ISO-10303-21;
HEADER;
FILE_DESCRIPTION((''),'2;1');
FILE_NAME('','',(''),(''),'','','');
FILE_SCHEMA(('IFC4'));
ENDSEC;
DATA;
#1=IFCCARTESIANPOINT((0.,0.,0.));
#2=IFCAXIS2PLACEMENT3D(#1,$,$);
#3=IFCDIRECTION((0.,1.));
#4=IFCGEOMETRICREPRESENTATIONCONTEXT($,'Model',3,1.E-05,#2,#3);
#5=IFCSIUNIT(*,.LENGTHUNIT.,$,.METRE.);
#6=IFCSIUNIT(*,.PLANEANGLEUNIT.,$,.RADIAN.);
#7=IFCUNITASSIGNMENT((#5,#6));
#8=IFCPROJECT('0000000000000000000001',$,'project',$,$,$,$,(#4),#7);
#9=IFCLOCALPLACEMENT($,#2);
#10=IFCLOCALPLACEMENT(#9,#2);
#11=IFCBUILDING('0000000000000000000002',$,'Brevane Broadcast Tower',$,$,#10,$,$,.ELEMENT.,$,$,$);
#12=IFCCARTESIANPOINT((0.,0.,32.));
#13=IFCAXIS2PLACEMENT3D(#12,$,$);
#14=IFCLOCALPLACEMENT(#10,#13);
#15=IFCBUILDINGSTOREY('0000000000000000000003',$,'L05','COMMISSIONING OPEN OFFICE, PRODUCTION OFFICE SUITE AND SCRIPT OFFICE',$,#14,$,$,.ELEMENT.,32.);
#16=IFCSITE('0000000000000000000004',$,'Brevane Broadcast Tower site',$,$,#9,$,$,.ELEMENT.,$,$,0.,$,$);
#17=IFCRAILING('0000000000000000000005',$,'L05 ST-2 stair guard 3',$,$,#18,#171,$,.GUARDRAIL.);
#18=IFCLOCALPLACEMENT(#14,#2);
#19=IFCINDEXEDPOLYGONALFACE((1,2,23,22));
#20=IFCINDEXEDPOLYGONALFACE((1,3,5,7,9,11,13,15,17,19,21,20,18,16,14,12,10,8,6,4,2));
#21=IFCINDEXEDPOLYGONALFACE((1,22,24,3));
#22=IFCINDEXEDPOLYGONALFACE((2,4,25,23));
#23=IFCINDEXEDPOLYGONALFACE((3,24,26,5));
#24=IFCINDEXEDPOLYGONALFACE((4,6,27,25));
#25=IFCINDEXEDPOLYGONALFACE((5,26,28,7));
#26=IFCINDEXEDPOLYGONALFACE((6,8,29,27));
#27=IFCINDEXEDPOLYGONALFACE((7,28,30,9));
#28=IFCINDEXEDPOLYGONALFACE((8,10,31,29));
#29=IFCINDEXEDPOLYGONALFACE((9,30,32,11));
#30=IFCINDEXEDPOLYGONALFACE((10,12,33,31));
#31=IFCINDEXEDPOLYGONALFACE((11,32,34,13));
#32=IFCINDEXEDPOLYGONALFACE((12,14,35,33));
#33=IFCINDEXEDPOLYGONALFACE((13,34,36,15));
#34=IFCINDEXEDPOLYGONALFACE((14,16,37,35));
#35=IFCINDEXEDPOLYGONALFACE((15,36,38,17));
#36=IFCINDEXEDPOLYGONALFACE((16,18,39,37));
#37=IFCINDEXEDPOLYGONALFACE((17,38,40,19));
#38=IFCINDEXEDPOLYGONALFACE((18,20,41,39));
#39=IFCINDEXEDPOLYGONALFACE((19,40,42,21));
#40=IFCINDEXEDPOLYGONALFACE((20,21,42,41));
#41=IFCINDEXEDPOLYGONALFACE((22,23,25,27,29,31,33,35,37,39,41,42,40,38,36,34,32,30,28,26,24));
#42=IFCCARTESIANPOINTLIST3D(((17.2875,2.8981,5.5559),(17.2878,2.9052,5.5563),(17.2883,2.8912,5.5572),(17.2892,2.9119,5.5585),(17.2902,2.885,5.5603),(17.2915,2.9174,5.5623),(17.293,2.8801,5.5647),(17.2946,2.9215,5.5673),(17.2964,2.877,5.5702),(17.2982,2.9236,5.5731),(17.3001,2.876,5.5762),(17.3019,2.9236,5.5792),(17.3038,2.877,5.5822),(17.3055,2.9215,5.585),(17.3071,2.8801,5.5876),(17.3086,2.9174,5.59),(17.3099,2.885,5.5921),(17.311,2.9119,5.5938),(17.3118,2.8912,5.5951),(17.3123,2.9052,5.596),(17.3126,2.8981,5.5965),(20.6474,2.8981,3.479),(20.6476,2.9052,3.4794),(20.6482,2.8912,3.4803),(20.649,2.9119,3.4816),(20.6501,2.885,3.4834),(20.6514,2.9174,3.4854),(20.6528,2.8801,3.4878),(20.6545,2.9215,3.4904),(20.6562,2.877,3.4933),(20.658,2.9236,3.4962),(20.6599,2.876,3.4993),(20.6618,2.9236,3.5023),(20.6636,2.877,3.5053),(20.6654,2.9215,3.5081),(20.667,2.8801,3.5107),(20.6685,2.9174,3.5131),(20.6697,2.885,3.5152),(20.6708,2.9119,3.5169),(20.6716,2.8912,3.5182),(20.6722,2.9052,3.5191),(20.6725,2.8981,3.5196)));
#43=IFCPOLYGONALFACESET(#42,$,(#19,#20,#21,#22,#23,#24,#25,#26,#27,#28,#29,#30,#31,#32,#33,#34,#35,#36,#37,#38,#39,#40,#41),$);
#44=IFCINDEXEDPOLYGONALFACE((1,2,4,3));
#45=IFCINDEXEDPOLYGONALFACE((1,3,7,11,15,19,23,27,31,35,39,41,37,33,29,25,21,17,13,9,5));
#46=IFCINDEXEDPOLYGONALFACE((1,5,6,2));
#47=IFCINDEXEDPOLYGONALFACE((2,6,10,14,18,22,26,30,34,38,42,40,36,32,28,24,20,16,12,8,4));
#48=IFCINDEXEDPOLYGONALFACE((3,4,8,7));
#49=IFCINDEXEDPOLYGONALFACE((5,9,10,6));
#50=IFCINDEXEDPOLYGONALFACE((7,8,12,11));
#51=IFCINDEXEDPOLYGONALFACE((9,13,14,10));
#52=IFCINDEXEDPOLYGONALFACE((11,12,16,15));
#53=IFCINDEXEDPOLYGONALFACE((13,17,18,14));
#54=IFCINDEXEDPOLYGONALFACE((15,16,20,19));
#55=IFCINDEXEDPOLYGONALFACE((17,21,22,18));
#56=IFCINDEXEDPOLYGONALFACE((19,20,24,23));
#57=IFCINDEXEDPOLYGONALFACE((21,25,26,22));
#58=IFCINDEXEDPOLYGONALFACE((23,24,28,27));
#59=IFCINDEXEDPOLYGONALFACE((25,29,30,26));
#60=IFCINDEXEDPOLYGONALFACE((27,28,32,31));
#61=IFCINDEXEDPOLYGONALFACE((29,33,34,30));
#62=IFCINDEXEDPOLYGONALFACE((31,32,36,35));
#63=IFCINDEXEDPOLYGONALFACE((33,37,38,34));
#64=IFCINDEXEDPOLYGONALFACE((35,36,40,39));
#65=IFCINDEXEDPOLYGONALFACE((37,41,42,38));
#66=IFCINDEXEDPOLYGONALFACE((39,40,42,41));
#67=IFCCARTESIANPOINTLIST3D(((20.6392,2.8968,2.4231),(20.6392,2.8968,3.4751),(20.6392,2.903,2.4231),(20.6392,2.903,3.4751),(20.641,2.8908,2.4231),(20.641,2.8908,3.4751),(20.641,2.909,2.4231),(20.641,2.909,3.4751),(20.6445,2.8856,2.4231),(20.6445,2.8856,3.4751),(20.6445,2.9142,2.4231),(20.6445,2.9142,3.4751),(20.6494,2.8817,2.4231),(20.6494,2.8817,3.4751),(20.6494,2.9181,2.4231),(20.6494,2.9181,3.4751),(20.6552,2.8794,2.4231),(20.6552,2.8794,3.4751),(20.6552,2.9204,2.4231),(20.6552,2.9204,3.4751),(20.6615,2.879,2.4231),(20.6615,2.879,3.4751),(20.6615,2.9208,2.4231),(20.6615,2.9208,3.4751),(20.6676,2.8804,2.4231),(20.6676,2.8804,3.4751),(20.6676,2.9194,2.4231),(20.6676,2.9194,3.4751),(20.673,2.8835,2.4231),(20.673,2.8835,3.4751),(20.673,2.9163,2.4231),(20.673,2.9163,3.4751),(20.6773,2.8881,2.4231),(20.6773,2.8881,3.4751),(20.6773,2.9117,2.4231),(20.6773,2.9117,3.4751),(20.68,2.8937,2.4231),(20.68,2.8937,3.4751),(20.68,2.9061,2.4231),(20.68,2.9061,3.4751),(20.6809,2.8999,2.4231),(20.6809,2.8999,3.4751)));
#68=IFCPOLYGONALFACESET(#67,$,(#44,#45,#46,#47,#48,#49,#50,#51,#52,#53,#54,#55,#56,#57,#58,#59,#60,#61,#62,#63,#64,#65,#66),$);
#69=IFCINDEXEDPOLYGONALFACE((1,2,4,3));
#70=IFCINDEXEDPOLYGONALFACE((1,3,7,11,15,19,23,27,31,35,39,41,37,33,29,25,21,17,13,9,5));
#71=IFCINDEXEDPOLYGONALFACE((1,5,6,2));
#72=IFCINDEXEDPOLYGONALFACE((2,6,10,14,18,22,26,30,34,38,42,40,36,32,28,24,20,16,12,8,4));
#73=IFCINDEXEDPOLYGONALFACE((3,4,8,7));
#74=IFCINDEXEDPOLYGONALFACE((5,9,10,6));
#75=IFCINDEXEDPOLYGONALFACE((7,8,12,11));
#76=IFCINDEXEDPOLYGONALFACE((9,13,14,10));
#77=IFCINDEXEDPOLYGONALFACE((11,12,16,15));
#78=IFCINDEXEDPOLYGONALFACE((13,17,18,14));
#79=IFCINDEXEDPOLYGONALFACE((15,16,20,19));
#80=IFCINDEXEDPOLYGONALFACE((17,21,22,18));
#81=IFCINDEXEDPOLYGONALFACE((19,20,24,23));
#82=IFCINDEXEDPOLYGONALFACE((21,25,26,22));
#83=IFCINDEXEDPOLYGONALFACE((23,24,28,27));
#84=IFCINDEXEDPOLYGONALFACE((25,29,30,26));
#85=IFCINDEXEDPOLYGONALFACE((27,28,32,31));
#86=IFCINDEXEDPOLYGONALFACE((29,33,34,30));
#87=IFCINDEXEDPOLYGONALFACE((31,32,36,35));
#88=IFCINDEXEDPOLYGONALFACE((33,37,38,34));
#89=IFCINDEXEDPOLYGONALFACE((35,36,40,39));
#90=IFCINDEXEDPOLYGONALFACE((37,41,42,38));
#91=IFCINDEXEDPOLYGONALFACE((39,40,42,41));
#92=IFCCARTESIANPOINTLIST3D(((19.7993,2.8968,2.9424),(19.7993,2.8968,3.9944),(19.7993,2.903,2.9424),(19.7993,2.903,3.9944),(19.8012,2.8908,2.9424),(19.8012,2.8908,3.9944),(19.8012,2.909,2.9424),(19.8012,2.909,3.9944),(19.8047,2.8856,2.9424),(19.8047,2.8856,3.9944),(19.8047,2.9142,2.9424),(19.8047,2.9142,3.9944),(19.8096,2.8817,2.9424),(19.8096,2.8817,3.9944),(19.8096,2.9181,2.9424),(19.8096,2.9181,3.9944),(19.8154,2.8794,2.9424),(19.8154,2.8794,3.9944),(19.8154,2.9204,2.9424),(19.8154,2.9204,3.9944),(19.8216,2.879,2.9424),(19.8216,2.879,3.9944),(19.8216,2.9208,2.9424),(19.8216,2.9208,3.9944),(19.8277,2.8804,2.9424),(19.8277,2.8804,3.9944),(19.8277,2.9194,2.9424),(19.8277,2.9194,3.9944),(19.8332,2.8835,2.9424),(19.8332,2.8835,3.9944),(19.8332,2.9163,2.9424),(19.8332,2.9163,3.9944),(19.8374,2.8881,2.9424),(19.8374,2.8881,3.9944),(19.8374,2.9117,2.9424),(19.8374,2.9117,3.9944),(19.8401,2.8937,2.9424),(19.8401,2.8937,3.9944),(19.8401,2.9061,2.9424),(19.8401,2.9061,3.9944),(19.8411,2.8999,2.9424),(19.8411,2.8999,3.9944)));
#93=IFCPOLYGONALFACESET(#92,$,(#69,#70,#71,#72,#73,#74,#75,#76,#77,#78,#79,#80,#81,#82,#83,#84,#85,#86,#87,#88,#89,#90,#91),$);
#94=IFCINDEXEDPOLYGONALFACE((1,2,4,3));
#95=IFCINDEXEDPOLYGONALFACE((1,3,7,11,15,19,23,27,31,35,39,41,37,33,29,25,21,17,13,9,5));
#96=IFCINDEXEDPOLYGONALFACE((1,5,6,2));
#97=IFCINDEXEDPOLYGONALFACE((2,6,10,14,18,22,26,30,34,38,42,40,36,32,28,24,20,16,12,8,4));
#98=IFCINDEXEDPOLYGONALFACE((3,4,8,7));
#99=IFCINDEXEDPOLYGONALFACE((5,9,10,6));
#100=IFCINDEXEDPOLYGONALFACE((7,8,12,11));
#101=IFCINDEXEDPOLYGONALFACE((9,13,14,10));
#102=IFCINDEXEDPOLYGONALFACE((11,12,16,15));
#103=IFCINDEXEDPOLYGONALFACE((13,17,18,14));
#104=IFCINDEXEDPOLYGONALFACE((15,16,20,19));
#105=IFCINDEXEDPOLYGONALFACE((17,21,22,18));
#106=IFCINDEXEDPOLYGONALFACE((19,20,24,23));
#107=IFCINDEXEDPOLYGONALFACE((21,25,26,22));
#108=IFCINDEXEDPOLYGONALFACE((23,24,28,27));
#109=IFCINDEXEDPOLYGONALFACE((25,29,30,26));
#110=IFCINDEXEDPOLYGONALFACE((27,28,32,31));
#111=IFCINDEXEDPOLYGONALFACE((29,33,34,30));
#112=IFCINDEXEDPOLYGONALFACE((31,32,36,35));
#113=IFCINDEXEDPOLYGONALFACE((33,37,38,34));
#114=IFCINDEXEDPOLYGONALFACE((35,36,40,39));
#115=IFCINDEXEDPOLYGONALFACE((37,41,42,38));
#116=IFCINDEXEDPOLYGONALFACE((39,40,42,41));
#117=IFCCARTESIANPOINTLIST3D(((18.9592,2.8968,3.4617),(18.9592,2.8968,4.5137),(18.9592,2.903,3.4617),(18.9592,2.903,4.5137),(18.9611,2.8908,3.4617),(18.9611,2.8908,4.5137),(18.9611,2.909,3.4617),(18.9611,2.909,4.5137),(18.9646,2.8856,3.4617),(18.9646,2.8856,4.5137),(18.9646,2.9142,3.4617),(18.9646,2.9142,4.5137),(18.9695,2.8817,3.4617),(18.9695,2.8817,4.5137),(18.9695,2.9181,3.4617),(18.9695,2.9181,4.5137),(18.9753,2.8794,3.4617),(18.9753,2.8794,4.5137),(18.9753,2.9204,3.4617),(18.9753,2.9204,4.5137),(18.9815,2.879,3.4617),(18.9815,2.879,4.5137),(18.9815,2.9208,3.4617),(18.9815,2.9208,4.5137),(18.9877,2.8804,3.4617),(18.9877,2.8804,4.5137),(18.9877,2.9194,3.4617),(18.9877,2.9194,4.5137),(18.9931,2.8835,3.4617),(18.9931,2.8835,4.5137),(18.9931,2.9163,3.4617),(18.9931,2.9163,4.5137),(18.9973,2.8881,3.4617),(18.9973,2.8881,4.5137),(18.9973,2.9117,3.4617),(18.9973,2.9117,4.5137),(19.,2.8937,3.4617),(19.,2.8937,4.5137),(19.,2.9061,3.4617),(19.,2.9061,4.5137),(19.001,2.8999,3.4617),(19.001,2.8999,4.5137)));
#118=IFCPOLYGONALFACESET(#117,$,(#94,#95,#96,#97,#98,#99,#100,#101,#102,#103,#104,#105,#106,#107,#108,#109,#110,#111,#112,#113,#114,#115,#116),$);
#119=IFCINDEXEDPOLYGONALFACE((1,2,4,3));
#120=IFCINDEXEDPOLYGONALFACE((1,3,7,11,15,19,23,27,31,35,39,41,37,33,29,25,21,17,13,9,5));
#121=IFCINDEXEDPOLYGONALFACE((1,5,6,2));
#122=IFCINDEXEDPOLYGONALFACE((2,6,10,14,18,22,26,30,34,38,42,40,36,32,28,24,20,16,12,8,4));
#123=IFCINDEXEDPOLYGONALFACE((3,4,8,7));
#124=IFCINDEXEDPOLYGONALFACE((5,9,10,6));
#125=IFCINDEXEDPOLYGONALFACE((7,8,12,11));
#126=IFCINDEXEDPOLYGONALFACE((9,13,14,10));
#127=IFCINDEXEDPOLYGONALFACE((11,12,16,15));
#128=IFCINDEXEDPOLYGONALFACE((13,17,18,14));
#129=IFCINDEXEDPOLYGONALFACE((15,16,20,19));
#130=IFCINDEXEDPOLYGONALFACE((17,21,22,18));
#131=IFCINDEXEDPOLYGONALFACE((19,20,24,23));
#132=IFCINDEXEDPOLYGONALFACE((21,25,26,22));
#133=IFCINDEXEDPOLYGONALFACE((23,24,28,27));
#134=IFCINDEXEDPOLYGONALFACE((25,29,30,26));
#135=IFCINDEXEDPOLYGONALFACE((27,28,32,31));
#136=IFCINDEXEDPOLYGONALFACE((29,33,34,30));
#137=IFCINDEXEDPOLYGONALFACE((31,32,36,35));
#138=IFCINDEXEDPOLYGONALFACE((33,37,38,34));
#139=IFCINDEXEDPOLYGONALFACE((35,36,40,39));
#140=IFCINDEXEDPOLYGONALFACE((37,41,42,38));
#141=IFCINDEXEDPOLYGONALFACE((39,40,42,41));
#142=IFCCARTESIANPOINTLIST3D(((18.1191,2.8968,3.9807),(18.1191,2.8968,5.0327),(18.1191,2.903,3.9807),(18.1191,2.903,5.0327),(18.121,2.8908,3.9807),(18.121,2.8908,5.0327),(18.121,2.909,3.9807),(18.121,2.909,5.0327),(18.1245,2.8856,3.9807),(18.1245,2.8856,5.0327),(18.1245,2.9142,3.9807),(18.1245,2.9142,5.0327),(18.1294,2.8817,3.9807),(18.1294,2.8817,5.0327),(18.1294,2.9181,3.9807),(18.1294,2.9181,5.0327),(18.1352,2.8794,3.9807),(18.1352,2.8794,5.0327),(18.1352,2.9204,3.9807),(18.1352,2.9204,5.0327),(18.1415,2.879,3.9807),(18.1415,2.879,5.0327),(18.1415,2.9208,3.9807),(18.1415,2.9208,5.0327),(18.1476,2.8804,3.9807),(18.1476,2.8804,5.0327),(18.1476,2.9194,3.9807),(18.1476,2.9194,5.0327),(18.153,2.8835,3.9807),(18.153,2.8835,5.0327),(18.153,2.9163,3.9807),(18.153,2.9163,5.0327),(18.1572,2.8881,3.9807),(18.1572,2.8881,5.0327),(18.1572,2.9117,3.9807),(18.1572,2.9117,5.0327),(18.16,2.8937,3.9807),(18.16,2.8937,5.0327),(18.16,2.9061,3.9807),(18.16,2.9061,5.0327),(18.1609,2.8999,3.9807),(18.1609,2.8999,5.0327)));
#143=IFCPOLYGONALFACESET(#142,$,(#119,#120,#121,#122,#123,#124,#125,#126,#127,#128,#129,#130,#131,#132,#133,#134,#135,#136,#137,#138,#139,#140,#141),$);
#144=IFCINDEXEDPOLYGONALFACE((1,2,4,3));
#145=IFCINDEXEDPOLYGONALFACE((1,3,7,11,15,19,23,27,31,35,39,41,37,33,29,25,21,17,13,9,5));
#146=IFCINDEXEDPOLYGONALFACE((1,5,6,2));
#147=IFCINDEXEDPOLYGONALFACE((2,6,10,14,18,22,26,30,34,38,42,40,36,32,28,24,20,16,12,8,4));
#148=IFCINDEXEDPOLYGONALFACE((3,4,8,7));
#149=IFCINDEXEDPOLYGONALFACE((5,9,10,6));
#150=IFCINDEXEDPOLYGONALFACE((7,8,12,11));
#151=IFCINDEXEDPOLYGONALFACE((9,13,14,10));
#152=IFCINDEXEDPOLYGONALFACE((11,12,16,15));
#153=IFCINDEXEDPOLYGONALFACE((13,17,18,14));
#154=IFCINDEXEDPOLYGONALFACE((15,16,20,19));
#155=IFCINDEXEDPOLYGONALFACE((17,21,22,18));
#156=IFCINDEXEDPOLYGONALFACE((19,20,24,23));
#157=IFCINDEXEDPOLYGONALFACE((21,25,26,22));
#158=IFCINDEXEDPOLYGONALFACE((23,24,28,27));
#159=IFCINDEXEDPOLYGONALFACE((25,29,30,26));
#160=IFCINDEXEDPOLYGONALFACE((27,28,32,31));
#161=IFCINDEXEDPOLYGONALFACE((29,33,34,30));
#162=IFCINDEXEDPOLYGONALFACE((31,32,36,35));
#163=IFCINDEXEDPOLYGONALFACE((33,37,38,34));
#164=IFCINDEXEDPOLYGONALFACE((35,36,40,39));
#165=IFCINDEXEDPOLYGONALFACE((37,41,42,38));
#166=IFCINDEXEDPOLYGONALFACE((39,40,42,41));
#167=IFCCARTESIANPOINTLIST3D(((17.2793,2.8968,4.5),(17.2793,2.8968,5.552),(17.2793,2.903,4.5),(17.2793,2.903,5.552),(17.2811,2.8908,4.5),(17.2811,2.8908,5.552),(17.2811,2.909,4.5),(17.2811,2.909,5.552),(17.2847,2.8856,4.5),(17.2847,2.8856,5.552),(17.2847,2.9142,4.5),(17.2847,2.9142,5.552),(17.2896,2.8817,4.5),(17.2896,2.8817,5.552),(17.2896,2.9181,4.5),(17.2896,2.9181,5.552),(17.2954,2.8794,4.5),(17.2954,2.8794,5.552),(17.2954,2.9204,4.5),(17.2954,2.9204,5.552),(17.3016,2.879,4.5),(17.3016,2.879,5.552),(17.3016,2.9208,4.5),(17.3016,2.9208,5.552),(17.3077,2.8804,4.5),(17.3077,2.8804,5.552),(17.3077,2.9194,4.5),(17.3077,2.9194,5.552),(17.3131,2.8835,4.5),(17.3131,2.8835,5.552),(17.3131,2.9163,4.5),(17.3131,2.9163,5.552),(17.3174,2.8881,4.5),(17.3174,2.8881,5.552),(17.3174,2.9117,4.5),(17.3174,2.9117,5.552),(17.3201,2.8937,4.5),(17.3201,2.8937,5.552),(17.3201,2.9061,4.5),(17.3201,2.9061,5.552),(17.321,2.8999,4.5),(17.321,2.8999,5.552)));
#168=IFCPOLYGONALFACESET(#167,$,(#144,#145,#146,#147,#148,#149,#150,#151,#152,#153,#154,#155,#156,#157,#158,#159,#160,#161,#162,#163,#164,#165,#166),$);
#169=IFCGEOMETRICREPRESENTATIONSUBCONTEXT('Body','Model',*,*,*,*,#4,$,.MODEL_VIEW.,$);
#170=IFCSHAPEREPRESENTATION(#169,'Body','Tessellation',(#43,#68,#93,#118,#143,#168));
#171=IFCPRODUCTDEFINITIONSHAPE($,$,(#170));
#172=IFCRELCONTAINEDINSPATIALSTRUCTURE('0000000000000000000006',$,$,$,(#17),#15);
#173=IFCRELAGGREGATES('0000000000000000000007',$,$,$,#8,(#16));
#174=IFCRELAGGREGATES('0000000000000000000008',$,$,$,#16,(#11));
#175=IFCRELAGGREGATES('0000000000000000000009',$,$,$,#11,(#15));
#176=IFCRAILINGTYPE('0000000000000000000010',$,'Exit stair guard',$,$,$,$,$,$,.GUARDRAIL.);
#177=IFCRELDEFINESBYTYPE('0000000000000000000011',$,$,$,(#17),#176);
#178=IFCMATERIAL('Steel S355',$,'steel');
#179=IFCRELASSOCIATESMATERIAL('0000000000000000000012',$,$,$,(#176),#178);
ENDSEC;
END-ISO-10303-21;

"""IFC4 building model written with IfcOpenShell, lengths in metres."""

from ifc_helpers import new_model, si_unit, direction, frame, origin, origin_2d, place, context, subcontext, project, spatial, circle, extrude, material, type_object, element, save


model = new_model("IFC4")

# Units and contexts
model_context = context("Model", 3, precision=1e-05, world=origin(), true_north=direction((0.0, 1.0)))
body_context = subcontext(model_context, "Body", "Model", "MODEL_VIEW")
ifc_project = project(units=[si_unit("LENGTHUNIT", "METRE"), si_unit("PLANEANGLEUNIT", "RADIAN")], contexts=[model_context])

# Site, building, storey
site_placement = place(None, origin())
site = spatial("IfcSite", under=ifc_project, at=site_placement, Name="Brevane Broadcast Tower site", CompositionType="ELEMENT", RefElevation=0.0)
building_placement = place(site_placement, origin())
building = spatial("IfcBuilding", under=site, at=building_placement, Name="Brevane Broadcast Tower", CompositionType="ELEMENT")
storey_placement = place(building_placement, frame((0.0, 0.0, 32.0)))
storey = spatial("IfcBuildingStorey", under=building, at=storey_placement, Name="L05", Description="COMMISSIONING OPEN OFFICE, PRODUCTION OFFICE SUITE AND SCRIPT OFFICE", CompositionType="ELEMENT", Elevation=32.0)

# Railing
ifc_material_1 = material(Name="Steel S355", Category="steel")
railing_type_1 = type_object("IfcRailingType", Name="Exit stair guard", PredefinedType="GUARDRAIL", material=ifc_material_1)
railing_1_placement = place(storey_placement, frame((20.6599, 2.8999, 2.4231)))
element("IfcRailing", 1, at=railing_1_placement, inside=storey, type_object=railing_type_1, Name="L05 ST-2 stair guard 3", PredefinedType="GUARDRAIL", context=body_context, shape_type="SweptSolid", body=[
    extrude(circle(Radius=0.0239, at=origin_2d()), frame((0.0, 0.0, 1.0762), z_axis=(-0.850606, 0.0, 0.525803), x_axis=(0.0, -1.0, 0.0)), (0.0, 0.0, 1.0), 3.95),
    extrude(circle(Radius=0.021, at=origin_2d()), origin(), (0.0, 0.0, 1.0), 1.052),
    extrude(circle(Radius=0.021, at=origin_2d()), frame((-0.8398, 0.0, 0.5193)), (0.0, 0.0, 1.0), 1.052),
    extrude(circle(Radius=0.021, at=origin_2d()), frame((-1.6799, 0.0, 1.0386)), (0.0, 0.0, 1.0), 1.052),
    extrude(circle(Radius=0.021, at=origin_2d()), frame((-2.52, 0.0, 1.5576)), (0.0, 0.0, 1.0), 1.052),
    extrude(circle(Radius=0.021, at=origin_2d()), frame((-3.3599, 0.0, 2.0769)), (0.0, 0.0, 1.0), 1.052),
])

save(model, "model.ifc")
